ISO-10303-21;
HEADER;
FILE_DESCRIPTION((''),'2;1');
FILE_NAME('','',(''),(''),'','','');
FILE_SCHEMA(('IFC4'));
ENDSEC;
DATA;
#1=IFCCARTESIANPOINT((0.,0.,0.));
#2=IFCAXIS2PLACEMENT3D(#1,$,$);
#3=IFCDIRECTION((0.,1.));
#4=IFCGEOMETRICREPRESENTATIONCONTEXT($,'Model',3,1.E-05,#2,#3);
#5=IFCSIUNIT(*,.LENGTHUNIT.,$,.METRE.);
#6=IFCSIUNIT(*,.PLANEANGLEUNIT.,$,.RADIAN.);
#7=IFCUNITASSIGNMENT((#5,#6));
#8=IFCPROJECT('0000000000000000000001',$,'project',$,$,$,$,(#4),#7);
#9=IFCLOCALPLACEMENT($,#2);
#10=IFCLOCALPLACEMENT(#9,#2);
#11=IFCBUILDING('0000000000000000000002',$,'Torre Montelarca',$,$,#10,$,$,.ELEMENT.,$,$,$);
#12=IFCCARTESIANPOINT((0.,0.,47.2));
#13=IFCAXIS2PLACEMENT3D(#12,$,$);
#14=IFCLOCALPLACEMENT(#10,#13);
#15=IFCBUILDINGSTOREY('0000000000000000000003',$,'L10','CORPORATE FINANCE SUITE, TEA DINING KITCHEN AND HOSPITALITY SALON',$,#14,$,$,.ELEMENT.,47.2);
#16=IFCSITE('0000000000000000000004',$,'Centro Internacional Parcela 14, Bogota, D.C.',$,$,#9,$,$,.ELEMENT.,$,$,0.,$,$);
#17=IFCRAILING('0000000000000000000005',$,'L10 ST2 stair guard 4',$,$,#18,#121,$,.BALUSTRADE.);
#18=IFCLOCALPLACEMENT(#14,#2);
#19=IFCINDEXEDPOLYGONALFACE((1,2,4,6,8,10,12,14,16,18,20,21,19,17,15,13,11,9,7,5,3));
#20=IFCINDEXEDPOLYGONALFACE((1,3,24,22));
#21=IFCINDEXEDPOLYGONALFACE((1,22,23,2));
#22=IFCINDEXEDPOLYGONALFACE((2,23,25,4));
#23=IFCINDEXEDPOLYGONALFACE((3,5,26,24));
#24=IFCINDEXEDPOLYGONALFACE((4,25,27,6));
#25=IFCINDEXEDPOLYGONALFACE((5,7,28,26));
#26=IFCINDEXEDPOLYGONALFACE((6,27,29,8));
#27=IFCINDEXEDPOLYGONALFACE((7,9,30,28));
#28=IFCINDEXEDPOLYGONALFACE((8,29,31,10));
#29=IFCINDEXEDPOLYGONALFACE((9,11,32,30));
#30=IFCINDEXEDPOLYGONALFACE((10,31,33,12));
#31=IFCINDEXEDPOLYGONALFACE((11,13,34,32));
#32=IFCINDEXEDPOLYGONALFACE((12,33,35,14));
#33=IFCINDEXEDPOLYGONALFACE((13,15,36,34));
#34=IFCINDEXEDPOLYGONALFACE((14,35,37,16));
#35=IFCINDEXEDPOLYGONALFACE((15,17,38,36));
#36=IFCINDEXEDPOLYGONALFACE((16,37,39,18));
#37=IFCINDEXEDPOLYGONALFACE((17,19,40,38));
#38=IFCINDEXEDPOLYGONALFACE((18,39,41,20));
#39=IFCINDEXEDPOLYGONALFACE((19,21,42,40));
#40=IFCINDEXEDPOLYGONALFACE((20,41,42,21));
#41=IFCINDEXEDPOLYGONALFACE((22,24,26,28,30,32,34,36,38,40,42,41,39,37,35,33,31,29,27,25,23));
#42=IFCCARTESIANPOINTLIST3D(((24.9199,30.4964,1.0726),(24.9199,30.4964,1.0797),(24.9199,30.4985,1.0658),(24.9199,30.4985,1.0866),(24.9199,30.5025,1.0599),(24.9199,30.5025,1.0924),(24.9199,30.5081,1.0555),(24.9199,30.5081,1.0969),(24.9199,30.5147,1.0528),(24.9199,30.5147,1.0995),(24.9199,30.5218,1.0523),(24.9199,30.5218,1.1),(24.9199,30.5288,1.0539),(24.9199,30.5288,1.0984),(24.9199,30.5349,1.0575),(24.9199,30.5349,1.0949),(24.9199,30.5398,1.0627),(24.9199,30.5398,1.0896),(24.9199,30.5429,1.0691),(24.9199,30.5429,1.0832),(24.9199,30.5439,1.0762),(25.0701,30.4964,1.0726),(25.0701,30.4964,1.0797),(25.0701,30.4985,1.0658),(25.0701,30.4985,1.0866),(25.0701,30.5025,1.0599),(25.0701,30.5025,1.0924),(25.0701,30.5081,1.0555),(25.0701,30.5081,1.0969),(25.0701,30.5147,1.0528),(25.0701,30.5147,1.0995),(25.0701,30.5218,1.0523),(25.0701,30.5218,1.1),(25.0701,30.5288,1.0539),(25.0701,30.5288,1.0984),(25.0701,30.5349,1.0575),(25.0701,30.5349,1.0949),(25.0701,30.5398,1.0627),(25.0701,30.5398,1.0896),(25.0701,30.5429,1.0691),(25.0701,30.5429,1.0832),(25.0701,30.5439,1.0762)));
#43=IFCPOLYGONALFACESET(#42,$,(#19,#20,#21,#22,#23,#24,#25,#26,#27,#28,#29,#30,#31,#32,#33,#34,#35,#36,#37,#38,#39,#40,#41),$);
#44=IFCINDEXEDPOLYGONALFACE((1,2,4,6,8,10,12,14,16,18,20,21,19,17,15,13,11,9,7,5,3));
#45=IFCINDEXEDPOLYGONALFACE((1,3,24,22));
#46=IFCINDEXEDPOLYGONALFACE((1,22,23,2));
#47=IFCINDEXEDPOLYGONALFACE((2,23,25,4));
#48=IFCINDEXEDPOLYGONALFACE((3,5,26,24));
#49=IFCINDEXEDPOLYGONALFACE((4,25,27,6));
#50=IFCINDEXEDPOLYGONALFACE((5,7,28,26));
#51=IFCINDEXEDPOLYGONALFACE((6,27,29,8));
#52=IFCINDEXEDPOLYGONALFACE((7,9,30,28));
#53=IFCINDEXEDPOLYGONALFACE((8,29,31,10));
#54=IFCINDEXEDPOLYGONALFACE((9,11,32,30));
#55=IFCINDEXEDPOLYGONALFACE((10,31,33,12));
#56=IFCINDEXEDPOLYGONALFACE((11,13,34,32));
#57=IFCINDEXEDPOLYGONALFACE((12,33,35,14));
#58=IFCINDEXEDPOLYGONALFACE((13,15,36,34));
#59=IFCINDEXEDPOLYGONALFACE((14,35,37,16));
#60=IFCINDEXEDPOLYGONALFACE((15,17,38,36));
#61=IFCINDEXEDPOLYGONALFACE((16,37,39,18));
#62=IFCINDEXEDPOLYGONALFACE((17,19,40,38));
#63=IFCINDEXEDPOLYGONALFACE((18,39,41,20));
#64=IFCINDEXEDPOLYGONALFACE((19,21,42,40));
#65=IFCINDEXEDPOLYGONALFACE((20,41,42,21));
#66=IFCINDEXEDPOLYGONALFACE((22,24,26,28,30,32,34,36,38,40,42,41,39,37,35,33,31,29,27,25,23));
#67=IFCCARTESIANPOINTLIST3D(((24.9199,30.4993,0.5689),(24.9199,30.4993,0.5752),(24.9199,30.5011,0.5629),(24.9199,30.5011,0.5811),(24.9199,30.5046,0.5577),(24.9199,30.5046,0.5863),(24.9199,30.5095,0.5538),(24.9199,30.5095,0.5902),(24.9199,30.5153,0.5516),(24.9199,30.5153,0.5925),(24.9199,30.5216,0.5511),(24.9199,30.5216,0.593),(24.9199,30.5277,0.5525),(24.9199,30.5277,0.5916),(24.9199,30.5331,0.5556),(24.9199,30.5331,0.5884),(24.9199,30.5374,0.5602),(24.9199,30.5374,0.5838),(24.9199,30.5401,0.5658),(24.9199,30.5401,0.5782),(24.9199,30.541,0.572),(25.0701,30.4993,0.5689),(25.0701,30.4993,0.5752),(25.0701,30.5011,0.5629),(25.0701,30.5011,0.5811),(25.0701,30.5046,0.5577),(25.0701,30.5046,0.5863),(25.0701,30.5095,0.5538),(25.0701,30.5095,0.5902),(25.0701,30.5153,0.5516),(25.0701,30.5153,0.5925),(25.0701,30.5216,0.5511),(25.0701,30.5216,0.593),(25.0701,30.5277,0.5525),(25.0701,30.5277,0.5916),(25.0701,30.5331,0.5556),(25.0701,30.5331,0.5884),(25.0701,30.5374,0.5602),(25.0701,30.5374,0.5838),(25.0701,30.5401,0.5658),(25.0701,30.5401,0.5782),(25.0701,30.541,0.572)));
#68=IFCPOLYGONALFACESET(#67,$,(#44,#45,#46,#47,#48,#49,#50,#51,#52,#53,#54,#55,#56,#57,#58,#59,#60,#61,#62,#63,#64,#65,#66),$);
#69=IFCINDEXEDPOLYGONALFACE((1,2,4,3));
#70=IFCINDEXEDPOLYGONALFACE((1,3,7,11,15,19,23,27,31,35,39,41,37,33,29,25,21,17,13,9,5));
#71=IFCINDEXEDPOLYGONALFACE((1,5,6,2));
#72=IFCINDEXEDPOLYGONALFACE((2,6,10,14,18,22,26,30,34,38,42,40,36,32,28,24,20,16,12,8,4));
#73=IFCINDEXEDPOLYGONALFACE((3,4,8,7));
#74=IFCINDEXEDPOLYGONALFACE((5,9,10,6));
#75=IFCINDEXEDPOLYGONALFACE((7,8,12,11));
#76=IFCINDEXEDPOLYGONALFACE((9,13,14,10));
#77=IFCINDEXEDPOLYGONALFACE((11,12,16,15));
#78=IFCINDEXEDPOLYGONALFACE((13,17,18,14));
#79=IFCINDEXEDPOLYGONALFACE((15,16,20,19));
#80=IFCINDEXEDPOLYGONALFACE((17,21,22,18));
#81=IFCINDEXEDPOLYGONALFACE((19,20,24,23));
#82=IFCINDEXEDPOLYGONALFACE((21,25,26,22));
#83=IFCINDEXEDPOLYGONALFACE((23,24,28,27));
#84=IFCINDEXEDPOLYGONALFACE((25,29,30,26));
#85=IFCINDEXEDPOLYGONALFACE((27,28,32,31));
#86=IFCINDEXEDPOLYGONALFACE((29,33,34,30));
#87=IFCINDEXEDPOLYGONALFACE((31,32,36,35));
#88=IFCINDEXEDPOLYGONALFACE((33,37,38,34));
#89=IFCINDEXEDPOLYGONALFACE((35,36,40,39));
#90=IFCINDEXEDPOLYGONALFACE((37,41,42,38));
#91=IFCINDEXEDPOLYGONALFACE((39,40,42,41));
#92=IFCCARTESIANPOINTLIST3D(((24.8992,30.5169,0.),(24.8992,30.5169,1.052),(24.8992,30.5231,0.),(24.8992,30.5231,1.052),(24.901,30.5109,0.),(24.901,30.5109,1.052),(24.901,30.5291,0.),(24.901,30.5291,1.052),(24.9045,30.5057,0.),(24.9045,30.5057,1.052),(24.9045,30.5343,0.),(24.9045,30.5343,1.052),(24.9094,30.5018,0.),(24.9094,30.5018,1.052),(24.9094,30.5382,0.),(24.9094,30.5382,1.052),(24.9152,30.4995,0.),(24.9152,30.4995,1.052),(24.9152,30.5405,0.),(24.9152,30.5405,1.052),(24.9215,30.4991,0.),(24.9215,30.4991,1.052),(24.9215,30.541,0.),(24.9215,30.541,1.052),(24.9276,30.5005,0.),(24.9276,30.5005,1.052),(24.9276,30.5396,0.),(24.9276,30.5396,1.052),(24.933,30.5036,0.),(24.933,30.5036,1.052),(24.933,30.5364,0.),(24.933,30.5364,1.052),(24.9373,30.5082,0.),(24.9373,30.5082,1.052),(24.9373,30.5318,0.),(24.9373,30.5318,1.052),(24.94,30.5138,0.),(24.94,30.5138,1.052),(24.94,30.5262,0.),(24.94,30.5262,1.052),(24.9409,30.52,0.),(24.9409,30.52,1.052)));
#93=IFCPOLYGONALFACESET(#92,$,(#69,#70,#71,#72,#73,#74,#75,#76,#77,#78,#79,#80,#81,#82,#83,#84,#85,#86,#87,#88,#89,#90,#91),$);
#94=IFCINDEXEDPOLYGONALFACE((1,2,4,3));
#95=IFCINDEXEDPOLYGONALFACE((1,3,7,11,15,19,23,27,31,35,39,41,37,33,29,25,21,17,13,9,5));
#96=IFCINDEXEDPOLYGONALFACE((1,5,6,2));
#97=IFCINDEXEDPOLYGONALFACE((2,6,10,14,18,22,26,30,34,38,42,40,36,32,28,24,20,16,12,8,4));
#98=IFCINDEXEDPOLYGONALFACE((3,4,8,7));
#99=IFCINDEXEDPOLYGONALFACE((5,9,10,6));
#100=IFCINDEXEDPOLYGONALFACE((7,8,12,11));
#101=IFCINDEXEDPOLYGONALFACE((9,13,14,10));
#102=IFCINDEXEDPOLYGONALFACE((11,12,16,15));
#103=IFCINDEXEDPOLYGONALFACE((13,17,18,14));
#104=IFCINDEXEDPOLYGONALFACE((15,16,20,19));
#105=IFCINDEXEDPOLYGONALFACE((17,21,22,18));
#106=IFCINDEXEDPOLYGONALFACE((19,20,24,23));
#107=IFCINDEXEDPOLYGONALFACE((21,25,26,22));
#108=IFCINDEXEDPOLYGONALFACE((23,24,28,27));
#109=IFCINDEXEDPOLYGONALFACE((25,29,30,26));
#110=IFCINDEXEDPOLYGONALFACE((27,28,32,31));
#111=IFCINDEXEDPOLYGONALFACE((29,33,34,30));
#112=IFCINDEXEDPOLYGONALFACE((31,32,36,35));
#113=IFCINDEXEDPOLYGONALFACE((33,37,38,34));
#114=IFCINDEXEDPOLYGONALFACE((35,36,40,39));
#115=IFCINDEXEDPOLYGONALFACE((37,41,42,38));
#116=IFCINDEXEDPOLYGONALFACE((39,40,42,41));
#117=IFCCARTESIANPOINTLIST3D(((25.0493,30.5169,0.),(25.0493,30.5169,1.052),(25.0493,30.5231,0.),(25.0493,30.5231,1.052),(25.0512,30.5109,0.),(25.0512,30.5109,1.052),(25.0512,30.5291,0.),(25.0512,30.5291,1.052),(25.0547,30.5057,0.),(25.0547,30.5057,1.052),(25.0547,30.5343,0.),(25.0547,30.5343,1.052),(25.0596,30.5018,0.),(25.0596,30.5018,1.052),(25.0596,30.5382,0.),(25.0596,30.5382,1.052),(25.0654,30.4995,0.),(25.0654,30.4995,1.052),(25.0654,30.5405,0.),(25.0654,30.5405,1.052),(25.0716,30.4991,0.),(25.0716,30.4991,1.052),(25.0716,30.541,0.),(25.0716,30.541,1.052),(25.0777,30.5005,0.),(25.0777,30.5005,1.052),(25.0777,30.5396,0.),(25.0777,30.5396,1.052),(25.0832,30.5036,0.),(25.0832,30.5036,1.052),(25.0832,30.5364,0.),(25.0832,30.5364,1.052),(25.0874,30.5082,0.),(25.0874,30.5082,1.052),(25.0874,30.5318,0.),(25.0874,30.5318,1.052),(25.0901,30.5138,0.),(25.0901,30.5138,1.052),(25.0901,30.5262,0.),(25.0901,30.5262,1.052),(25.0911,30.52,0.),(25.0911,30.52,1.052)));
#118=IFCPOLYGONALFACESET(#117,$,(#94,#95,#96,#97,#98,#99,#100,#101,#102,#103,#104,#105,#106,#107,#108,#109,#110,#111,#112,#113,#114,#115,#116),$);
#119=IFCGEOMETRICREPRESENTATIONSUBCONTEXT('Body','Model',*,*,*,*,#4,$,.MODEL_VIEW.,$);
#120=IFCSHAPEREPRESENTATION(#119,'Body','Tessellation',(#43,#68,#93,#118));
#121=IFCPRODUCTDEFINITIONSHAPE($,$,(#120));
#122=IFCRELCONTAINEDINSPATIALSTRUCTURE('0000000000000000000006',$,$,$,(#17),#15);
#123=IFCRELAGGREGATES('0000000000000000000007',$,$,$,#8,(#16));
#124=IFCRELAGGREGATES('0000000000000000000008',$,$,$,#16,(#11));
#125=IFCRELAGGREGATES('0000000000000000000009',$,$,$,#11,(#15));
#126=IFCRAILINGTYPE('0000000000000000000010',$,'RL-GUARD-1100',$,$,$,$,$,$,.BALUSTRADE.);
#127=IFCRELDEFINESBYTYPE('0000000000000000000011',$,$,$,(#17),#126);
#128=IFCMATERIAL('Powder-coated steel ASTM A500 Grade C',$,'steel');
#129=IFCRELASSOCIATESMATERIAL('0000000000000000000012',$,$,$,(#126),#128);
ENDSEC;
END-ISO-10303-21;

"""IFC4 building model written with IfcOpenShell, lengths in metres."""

from ifc_helpers import new_model, si_unit, direction, frame, origin, origin_2d, place, context, subcontext, project, spatial, circle, extrude, material, type_object, element, save


model = new_model("IFC4")

# Units and contexts
model_context = context("Model", 3, precision=1e-05, world=origin(), true_north=direction((0.0, 1.0)))
body_context = subcontext(model_context, "Body", "Model", "MODEL_VIEW")
ifc_project = project(units=[si_unit("LENGTHUNIT", "METRE"), si_unit("PLANEANGLEUNIT", "RADIAN")], contexts=[model_context])

# Site, building, storey
site_placement = place(None, origin())
site = spatial("IfcSite", under=ifc_project, at=site_placement, Name="Centro Internacional Parcela 14, Bogota, D.C.", CompositionType="ELEMENT", RefElevation=0.0)
building_placement = place(site_placement, origin())
building = spatial("IfcBuilding", under=site, at=building_placement, Name="Torre Montelarca", CompositionType="ELEMENT")
storey_placement = place(building_placement, frame((0.0, 0.0, 47.2)))
storey = spatial("IfcBuildingStorey", under=building, at=storey_placement, Name="L10", Description="CORPORATE FINANCE SUITE, TEA DINING KITCHEN AND HOSPITALITY SALON", CompositionType="ELEMENT", Elevation=47.2)

# Railing
ifc_material_1 = material(Name="Powder-coated steel ASTM A500 Grade C", Category="steel")
railing_type_1 = type_object("IfcRailingType", Name="RL-GUARD-1100", PredefinedType="BALUSTRADE", material=ifc_material_1)
railing_1_placement = place(storey_placement, frame((24.9199, 30.52, 0.0)))
element("IfcRailing", 1, at=railing_1_placement, inside=storey, type_object=railing_type_1, Name="L10 ST2 stair guard 4", PredefinedType="BALUSTRADE", context=body_context, shape_type="SweptSolid", body=[
    extrude(circle(Radius=0.0239, at=origin_2d()), frame((0.0, 0.0, 1.0762), z_axis=(1.0, 0.0, 0.0), x_axis=(0.0, 1.0, 0.0)), (0.0, 0.0, 1.0), 0.1501),
    extrude(circle(Radius=0.021, at=origin_2d()), frame((0.0, 0.0, 0.572), z_axis=(1.0, 0.0, 0.0), x_axis=(0.0, 1.0, 0.0)), (0.0, 0.0, 1.0), 0.1501),
    extrude(circle(Radius=0.021, at=origin_2d()), origin(), (0.0, 0.0, 1.0), 1.052),
    extrude(circle(Radius=0.021, at=origin_2d()), frame((0.1501, 0.0, 0.0)), (0.0, 0.0, 1.0), 1.052),
])

save(model, "model.ifc")
